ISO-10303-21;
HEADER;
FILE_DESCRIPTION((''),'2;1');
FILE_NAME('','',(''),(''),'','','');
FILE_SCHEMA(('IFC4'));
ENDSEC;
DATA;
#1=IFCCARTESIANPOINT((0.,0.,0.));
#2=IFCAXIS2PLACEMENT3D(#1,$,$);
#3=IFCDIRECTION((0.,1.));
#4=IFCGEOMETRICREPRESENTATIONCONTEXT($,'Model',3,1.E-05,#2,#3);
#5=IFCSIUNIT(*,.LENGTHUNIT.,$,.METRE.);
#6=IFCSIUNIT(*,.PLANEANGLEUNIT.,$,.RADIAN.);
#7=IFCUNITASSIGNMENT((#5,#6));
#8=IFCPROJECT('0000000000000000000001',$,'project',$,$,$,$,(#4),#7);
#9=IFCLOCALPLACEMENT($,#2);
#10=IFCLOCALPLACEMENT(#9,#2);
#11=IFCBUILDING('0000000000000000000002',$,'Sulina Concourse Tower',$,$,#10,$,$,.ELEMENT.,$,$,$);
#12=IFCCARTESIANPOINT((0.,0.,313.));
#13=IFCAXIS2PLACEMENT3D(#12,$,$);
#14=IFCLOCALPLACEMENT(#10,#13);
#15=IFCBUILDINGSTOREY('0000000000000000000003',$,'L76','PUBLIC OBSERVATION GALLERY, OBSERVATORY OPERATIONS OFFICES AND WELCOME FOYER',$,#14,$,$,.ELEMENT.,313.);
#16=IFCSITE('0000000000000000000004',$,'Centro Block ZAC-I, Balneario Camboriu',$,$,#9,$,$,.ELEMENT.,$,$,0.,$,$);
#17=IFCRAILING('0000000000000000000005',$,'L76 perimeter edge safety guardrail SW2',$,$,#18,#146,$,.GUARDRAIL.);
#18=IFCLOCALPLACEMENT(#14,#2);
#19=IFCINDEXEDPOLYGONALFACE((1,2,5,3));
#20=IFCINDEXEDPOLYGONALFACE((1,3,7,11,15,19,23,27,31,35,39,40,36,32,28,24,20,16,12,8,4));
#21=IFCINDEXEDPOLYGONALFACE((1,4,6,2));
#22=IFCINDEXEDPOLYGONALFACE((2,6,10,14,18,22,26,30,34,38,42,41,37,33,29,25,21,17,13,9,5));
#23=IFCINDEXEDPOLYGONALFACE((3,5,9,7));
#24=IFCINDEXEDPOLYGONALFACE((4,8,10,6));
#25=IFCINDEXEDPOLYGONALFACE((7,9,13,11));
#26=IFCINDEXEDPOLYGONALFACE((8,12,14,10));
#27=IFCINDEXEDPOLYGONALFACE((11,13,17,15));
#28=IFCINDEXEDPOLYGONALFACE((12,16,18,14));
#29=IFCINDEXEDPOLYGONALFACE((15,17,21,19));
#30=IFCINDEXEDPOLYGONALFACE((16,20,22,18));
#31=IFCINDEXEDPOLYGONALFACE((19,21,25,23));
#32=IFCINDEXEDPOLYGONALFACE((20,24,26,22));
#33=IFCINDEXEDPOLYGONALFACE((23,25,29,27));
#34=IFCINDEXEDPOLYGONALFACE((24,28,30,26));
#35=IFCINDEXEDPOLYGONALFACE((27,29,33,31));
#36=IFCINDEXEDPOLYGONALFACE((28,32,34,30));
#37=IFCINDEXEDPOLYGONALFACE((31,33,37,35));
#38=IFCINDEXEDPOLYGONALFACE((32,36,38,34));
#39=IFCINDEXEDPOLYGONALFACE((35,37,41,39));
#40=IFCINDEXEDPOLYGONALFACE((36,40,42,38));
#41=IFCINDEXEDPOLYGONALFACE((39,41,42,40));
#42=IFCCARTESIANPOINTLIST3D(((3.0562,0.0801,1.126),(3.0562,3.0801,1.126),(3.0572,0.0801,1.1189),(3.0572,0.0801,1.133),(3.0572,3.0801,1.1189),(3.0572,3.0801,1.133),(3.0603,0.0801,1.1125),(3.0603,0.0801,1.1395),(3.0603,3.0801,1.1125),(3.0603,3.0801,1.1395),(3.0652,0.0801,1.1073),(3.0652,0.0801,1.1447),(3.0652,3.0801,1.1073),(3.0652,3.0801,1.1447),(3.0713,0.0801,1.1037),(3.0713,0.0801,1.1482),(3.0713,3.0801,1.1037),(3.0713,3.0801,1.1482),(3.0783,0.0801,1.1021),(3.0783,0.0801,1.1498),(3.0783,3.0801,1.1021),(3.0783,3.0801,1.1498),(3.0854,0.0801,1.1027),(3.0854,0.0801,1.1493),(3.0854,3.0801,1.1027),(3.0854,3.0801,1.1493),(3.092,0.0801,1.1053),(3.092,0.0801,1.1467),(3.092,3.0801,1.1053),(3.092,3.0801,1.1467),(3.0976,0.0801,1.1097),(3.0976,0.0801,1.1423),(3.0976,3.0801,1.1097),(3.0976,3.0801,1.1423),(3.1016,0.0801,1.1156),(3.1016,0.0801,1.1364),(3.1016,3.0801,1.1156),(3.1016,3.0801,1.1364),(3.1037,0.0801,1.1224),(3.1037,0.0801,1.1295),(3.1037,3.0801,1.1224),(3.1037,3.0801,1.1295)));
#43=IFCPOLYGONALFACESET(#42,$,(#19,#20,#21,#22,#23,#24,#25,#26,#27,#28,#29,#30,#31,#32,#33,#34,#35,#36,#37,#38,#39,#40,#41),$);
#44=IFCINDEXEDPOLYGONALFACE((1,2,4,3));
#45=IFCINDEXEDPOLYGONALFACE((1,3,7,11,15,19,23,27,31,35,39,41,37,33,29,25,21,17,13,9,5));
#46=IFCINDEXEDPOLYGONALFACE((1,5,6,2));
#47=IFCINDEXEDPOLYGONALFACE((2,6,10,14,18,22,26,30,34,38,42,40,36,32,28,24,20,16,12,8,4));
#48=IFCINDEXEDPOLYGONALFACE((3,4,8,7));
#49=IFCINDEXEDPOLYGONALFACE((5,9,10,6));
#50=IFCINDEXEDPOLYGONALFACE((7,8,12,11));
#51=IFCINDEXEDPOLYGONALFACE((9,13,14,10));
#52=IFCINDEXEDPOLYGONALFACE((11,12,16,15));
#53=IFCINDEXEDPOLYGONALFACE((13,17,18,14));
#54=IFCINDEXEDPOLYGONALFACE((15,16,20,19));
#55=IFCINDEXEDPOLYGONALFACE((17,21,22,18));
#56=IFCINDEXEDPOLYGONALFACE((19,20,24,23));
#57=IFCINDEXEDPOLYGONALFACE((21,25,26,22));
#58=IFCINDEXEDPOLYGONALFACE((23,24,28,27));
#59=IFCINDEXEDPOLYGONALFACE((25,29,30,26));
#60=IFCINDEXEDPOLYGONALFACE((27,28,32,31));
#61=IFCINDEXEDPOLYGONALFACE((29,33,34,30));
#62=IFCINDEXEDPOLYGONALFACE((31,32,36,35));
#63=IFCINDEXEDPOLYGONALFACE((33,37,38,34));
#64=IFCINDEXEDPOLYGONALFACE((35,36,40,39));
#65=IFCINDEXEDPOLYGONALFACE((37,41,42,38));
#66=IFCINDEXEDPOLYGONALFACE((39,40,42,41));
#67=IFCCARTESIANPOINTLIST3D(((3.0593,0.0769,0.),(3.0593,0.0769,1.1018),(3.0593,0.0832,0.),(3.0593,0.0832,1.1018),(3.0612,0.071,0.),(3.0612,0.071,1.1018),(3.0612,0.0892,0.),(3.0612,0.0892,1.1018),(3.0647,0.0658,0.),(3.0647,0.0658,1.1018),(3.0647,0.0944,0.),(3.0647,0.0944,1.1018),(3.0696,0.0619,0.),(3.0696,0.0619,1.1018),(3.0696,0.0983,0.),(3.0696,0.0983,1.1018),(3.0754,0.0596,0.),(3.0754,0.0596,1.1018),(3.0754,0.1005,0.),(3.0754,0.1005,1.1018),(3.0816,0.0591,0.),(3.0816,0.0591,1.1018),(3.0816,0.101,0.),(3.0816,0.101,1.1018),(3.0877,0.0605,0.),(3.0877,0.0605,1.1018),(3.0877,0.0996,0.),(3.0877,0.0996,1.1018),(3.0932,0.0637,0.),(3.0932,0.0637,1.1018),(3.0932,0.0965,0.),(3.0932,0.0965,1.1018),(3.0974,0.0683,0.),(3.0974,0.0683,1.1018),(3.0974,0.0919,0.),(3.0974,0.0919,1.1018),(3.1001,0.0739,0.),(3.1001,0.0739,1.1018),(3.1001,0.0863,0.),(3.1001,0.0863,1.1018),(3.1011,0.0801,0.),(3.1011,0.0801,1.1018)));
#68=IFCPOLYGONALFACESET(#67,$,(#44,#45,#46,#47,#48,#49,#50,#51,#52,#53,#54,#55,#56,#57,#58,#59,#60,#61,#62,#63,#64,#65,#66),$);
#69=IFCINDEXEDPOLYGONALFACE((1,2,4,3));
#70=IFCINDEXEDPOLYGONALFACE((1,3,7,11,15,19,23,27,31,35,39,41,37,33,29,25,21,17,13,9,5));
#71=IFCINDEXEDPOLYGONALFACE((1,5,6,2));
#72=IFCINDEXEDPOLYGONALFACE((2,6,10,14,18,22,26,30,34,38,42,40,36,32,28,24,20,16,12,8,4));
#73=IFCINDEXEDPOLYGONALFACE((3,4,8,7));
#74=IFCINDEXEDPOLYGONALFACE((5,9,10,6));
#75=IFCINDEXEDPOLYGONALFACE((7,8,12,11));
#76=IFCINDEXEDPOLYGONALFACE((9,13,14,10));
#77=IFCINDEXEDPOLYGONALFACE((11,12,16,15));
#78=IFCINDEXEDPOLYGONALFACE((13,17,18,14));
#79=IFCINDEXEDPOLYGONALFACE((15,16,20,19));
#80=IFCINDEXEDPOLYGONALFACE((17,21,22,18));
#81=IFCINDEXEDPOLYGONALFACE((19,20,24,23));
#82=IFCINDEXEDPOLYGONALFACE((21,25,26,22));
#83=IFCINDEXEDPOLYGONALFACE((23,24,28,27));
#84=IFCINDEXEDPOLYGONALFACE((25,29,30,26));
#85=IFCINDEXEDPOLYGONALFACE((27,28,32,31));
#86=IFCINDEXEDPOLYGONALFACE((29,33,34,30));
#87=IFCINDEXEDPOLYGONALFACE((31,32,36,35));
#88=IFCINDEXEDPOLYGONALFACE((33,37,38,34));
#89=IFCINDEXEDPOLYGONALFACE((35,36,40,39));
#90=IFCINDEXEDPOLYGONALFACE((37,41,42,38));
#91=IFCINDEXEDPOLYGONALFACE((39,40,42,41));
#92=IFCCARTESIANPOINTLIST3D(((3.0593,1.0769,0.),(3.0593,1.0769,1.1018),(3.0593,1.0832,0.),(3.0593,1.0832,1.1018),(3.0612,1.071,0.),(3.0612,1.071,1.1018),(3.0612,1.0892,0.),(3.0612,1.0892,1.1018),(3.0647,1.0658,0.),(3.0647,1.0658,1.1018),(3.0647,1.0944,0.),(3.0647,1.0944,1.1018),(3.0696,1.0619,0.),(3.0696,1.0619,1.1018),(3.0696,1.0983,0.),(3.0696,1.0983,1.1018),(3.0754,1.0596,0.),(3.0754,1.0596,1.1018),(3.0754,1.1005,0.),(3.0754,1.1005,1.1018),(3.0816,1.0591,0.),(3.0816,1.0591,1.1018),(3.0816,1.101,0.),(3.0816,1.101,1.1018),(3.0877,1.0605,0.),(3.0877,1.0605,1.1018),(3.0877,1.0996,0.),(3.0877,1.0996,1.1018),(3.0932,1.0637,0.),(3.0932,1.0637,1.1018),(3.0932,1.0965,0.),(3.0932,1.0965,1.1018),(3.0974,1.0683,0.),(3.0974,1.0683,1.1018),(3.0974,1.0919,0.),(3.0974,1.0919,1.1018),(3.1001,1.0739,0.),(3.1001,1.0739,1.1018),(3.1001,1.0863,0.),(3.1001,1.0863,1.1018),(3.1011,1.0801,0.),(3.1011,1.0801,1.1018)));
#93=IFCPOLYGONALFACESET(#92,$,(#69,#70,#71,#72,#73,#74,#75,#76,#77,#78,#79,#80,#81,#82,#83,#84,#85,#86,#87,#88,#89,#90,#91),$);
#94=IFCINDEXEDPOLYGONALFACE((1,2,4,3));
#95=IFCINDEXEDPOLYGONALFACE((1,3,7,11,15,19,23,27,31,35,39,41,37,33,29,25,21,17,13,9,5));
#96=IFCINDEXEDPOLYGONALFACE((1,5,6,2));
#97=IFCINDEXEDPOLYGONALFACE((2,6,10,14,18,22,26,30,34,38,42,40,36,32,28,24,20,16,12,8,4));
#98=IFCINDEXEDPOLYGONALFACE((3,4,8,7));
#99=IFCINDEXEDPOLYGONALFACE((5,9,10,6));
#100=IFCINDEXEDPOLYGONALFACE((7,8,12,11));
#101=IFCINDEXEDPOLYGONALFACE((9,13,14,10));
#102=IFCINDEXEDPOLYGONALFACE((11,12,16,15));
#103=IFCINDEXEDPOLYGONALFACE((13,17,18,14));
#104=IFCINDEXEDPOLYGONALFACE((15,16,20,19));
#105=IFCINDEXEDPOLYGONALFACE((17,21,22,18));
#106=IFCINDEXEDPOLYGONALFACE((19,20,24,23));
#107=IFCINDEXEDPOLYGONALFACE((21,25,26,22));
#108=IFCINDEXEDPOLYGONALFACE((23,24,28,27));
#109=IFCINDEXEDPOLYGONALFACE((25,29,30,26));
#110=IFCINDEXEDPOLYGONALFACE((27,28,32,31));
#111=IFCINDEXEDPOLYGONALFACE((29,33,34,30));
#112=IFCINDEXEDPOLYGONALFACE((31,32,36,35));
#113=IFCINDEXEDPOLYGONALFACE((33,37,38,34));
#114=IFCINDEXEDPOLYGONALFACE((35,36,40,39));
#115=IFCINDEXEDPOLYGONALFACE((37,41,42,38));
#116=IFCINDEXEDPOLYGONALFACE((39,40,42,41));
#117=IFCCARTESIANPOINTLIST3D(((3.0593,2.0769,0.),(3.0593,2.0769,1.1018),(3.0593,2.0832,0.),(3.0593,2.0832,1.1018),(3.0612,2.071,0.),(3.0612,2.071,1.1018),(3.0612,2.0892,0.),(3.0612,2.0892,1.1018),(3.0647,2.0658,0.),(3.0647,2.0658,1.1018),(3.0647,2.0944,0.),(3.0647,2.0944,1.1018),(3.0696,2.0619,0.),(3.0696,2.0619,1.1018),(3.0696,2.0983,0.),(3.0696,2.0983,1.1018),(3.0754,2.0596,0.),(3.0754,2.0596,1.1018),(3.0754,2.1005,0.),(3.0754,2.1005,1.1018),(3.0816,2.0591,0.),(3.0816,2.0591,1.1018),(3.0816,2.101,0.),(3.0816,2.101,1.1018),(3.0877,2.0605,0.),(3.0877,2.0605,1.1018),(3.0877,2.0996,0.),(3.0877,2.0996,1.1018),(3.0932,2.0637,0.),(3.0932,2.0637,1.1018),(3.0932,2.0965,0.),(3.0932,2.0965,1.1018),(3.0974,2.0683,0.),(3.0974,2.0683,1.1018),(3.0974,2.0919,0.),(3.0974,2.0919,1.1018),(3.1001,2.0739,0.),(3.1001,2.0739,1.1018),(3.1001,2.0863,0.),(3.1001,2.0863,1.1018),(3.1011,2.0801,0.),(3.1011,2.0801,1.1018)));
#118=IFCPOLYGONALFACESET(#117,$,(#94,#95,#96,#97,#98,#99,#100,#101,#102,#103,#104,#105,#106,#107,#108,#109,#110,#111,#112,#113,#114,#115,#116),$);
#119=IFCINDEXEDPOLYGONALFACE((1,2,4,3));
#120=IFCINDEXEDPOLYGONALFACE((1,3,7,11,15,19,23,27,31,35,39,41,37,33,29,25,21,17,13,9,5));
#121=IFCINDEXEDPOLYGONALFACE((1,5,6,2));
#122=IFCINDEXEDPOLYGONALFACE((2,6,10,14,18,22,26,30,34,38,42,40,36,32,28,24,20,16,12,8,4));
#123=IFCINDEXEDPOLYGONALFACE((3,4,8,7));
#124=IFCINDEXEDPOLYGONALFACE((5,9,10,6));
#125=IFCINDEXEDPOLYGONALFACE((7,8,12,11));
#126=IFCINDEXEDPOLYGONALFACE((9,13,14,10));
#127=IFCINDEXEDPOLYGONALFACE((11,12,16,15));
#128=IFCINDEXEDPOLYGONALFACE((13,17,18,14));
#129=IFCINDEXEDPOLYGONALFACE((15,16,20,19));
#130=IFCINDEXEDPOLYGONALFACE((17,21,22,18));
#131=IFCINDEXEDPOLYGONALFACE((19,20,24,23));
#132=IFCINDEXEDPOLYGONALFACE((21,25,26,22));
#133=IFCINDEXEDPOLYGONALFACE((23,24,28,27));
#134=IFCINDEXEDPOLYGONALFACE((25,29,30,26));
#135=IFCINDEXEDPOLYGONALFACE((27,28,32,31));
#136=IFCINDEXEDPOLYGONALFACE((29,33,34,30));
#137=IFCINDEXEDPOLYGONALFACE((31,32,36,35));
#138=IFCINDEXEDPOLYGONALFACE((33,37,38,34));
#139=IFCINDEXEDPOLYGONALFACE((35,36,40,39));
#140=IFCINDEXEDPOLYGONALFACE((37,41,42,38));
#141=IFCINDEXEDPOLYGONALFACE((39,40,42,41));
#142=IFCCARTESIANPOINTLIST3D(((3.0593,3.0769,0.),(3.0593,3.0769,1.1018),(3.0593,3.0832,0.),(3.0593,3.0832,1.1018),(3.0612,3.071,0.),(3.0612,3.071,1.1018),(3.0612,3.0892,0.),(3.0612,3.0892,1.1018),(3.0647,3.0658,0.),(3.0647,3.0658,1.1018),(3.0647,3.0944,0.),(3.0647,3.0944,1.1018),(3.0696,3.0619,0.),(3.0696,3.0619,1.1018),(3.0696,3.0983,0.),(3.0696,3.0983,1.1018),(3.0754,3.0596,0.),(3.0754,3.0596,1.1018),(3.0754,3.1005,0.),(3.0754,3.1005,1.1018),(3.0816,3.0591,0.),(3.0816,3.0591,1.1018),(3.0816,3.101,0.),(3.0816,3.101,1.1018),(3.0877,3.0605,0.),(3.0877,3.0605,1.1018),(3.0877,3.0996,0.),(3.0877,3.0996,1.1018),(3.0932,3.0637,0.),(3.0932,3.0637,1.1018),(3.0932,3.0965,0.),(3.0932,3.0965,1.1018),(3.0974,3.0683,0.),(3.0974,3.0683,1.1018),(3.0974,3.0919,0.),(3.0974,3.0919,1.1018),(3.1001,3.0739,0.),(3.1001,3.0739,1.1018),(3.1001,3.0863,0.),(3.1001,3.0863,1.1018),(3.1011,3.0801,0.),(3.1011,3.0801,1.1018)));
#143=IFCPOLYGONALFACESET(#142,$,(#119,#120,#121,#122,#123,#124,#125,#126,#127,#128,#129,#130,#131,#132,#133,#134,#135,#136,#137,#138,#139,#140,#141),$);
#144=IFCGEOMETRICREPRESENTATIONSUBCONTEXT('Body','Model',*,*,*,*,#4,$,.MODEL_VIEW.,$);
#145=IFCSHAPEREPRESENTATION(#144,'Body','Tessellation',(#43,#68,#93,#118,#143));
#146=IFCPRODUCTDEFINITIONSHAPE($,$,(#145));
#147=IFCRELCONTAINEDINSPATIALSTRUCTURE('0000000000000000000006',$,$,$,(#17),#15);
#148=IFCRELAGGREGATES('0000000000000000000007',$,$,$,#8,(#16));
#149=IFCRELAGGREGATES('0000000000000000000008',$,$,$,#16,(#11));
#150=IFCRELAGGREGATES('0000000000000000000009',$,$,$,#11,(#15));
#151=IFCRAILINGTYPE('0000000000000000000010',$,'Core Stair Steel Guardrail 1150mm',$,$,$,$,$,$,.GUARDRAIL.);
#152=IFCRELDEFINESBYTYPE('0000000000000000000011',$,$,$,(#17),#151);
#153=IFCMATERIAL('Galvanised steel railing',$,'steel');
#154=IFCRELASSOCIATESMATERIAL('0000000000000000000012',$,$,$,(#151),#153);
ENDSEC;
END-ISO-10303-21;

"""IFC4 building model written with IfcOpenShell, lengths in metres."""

from ifc_helpers import new_model, si_unit, direction, frame, origin, origin_2d, place, context, subcontext, project, spatial, circle, extrude, material, type_object, element, save


model = new_model("IFC4")

# Units and contexts
model_context = context("Model", 3, precision=1e-05, world=origin(), true_north=direction((0.0, 1.0)))
body_context = subcontext(model_context, "Body", "Model", "MODEL_VIEW")
ifc_project = project(units=[si_unit("LENGTHUNIT", "METRE"), si_unit("PLANEANGLEUNIT", "RADIAN")], contexts=[model_context])

# Site, building, storey
site_placement = place(None, origin())
site = spatial("IfcSite", under=ifc_project, at=site_placement, Name="Centro Block ZAC-I, Balneario Camboriu", CompositionType="ELEMENT", RefElevation=0.0)
building_placement = place(site_placement, origin())
building = spatial("IfcBuilding", under=site, at=building_placement, Name="Sulina Concourse Tower", CompositionType="ELEMENT")
storey_placement = place(building_placement, frame((0.0, 0.0, 313.0)))
storey = spatial("IfcBuildingStorey", under=building, at=storey_placement, Name="L76", Description="PUBLIC OBSERVATION GALLERY, OBSERVATORY OPERATIONS OFFICES AND WELCOME FOYER", CompositionType="ELEMENT", Elevation=313.0)

# Railing
ifc_material_1 = material(Name="Galvanised steel railing", Category="steel")
railing_type = type_object("IfcRailingType", Name="Core Stair Steel Guardrail 1150mm", PredefinedType="GUARDRAIL", material=ifc_material_1)
railing_1_placement = place(storey_placement, frame((3.0801, 0.0801, 0.0)))
element("IfcRailing", 1, at=railing_1_placement, inside=storey, type_object=railing_type, Name="L76 perimeter edge safety guardrail SW2", PredefinedType="GUARDRAIL", context=body_context, shape_type="SweptSolid", body=[
    extrude(circle(Radius=0.0239, at=origin_2d()), frame((0.0, 0.0, 1.126), z_axis=(0.0, 1.0, 0.0), x_axis=(-1.0, 0.0, 0.0)), (0.0, 0.0, 1.0), 3.0),
    extrude(circle(Radius=0.021, at=origin_2d()), origin(), (0.0, 0.0, 1.0), 1.1018),
    extrude(circle(Radius=0.021, at=origin_2d()), frame((0.0, 1.0, 0.0)), (0.0, 0.0, 1.0), 1.1018),
    extrude(circle(Radius=0.021, at=origin_2d()), frame((0.0, 2.0, 0.0)), (0.0, 0.0, 1.0), 1.1018),
    extrude(circle(Radius=0.021, at=origin_2d()), frame((0.0, 3.0, 0.0)), (0.0, 0.0, 1.0), 1.1018),
])

save(model, "model.ifc")
